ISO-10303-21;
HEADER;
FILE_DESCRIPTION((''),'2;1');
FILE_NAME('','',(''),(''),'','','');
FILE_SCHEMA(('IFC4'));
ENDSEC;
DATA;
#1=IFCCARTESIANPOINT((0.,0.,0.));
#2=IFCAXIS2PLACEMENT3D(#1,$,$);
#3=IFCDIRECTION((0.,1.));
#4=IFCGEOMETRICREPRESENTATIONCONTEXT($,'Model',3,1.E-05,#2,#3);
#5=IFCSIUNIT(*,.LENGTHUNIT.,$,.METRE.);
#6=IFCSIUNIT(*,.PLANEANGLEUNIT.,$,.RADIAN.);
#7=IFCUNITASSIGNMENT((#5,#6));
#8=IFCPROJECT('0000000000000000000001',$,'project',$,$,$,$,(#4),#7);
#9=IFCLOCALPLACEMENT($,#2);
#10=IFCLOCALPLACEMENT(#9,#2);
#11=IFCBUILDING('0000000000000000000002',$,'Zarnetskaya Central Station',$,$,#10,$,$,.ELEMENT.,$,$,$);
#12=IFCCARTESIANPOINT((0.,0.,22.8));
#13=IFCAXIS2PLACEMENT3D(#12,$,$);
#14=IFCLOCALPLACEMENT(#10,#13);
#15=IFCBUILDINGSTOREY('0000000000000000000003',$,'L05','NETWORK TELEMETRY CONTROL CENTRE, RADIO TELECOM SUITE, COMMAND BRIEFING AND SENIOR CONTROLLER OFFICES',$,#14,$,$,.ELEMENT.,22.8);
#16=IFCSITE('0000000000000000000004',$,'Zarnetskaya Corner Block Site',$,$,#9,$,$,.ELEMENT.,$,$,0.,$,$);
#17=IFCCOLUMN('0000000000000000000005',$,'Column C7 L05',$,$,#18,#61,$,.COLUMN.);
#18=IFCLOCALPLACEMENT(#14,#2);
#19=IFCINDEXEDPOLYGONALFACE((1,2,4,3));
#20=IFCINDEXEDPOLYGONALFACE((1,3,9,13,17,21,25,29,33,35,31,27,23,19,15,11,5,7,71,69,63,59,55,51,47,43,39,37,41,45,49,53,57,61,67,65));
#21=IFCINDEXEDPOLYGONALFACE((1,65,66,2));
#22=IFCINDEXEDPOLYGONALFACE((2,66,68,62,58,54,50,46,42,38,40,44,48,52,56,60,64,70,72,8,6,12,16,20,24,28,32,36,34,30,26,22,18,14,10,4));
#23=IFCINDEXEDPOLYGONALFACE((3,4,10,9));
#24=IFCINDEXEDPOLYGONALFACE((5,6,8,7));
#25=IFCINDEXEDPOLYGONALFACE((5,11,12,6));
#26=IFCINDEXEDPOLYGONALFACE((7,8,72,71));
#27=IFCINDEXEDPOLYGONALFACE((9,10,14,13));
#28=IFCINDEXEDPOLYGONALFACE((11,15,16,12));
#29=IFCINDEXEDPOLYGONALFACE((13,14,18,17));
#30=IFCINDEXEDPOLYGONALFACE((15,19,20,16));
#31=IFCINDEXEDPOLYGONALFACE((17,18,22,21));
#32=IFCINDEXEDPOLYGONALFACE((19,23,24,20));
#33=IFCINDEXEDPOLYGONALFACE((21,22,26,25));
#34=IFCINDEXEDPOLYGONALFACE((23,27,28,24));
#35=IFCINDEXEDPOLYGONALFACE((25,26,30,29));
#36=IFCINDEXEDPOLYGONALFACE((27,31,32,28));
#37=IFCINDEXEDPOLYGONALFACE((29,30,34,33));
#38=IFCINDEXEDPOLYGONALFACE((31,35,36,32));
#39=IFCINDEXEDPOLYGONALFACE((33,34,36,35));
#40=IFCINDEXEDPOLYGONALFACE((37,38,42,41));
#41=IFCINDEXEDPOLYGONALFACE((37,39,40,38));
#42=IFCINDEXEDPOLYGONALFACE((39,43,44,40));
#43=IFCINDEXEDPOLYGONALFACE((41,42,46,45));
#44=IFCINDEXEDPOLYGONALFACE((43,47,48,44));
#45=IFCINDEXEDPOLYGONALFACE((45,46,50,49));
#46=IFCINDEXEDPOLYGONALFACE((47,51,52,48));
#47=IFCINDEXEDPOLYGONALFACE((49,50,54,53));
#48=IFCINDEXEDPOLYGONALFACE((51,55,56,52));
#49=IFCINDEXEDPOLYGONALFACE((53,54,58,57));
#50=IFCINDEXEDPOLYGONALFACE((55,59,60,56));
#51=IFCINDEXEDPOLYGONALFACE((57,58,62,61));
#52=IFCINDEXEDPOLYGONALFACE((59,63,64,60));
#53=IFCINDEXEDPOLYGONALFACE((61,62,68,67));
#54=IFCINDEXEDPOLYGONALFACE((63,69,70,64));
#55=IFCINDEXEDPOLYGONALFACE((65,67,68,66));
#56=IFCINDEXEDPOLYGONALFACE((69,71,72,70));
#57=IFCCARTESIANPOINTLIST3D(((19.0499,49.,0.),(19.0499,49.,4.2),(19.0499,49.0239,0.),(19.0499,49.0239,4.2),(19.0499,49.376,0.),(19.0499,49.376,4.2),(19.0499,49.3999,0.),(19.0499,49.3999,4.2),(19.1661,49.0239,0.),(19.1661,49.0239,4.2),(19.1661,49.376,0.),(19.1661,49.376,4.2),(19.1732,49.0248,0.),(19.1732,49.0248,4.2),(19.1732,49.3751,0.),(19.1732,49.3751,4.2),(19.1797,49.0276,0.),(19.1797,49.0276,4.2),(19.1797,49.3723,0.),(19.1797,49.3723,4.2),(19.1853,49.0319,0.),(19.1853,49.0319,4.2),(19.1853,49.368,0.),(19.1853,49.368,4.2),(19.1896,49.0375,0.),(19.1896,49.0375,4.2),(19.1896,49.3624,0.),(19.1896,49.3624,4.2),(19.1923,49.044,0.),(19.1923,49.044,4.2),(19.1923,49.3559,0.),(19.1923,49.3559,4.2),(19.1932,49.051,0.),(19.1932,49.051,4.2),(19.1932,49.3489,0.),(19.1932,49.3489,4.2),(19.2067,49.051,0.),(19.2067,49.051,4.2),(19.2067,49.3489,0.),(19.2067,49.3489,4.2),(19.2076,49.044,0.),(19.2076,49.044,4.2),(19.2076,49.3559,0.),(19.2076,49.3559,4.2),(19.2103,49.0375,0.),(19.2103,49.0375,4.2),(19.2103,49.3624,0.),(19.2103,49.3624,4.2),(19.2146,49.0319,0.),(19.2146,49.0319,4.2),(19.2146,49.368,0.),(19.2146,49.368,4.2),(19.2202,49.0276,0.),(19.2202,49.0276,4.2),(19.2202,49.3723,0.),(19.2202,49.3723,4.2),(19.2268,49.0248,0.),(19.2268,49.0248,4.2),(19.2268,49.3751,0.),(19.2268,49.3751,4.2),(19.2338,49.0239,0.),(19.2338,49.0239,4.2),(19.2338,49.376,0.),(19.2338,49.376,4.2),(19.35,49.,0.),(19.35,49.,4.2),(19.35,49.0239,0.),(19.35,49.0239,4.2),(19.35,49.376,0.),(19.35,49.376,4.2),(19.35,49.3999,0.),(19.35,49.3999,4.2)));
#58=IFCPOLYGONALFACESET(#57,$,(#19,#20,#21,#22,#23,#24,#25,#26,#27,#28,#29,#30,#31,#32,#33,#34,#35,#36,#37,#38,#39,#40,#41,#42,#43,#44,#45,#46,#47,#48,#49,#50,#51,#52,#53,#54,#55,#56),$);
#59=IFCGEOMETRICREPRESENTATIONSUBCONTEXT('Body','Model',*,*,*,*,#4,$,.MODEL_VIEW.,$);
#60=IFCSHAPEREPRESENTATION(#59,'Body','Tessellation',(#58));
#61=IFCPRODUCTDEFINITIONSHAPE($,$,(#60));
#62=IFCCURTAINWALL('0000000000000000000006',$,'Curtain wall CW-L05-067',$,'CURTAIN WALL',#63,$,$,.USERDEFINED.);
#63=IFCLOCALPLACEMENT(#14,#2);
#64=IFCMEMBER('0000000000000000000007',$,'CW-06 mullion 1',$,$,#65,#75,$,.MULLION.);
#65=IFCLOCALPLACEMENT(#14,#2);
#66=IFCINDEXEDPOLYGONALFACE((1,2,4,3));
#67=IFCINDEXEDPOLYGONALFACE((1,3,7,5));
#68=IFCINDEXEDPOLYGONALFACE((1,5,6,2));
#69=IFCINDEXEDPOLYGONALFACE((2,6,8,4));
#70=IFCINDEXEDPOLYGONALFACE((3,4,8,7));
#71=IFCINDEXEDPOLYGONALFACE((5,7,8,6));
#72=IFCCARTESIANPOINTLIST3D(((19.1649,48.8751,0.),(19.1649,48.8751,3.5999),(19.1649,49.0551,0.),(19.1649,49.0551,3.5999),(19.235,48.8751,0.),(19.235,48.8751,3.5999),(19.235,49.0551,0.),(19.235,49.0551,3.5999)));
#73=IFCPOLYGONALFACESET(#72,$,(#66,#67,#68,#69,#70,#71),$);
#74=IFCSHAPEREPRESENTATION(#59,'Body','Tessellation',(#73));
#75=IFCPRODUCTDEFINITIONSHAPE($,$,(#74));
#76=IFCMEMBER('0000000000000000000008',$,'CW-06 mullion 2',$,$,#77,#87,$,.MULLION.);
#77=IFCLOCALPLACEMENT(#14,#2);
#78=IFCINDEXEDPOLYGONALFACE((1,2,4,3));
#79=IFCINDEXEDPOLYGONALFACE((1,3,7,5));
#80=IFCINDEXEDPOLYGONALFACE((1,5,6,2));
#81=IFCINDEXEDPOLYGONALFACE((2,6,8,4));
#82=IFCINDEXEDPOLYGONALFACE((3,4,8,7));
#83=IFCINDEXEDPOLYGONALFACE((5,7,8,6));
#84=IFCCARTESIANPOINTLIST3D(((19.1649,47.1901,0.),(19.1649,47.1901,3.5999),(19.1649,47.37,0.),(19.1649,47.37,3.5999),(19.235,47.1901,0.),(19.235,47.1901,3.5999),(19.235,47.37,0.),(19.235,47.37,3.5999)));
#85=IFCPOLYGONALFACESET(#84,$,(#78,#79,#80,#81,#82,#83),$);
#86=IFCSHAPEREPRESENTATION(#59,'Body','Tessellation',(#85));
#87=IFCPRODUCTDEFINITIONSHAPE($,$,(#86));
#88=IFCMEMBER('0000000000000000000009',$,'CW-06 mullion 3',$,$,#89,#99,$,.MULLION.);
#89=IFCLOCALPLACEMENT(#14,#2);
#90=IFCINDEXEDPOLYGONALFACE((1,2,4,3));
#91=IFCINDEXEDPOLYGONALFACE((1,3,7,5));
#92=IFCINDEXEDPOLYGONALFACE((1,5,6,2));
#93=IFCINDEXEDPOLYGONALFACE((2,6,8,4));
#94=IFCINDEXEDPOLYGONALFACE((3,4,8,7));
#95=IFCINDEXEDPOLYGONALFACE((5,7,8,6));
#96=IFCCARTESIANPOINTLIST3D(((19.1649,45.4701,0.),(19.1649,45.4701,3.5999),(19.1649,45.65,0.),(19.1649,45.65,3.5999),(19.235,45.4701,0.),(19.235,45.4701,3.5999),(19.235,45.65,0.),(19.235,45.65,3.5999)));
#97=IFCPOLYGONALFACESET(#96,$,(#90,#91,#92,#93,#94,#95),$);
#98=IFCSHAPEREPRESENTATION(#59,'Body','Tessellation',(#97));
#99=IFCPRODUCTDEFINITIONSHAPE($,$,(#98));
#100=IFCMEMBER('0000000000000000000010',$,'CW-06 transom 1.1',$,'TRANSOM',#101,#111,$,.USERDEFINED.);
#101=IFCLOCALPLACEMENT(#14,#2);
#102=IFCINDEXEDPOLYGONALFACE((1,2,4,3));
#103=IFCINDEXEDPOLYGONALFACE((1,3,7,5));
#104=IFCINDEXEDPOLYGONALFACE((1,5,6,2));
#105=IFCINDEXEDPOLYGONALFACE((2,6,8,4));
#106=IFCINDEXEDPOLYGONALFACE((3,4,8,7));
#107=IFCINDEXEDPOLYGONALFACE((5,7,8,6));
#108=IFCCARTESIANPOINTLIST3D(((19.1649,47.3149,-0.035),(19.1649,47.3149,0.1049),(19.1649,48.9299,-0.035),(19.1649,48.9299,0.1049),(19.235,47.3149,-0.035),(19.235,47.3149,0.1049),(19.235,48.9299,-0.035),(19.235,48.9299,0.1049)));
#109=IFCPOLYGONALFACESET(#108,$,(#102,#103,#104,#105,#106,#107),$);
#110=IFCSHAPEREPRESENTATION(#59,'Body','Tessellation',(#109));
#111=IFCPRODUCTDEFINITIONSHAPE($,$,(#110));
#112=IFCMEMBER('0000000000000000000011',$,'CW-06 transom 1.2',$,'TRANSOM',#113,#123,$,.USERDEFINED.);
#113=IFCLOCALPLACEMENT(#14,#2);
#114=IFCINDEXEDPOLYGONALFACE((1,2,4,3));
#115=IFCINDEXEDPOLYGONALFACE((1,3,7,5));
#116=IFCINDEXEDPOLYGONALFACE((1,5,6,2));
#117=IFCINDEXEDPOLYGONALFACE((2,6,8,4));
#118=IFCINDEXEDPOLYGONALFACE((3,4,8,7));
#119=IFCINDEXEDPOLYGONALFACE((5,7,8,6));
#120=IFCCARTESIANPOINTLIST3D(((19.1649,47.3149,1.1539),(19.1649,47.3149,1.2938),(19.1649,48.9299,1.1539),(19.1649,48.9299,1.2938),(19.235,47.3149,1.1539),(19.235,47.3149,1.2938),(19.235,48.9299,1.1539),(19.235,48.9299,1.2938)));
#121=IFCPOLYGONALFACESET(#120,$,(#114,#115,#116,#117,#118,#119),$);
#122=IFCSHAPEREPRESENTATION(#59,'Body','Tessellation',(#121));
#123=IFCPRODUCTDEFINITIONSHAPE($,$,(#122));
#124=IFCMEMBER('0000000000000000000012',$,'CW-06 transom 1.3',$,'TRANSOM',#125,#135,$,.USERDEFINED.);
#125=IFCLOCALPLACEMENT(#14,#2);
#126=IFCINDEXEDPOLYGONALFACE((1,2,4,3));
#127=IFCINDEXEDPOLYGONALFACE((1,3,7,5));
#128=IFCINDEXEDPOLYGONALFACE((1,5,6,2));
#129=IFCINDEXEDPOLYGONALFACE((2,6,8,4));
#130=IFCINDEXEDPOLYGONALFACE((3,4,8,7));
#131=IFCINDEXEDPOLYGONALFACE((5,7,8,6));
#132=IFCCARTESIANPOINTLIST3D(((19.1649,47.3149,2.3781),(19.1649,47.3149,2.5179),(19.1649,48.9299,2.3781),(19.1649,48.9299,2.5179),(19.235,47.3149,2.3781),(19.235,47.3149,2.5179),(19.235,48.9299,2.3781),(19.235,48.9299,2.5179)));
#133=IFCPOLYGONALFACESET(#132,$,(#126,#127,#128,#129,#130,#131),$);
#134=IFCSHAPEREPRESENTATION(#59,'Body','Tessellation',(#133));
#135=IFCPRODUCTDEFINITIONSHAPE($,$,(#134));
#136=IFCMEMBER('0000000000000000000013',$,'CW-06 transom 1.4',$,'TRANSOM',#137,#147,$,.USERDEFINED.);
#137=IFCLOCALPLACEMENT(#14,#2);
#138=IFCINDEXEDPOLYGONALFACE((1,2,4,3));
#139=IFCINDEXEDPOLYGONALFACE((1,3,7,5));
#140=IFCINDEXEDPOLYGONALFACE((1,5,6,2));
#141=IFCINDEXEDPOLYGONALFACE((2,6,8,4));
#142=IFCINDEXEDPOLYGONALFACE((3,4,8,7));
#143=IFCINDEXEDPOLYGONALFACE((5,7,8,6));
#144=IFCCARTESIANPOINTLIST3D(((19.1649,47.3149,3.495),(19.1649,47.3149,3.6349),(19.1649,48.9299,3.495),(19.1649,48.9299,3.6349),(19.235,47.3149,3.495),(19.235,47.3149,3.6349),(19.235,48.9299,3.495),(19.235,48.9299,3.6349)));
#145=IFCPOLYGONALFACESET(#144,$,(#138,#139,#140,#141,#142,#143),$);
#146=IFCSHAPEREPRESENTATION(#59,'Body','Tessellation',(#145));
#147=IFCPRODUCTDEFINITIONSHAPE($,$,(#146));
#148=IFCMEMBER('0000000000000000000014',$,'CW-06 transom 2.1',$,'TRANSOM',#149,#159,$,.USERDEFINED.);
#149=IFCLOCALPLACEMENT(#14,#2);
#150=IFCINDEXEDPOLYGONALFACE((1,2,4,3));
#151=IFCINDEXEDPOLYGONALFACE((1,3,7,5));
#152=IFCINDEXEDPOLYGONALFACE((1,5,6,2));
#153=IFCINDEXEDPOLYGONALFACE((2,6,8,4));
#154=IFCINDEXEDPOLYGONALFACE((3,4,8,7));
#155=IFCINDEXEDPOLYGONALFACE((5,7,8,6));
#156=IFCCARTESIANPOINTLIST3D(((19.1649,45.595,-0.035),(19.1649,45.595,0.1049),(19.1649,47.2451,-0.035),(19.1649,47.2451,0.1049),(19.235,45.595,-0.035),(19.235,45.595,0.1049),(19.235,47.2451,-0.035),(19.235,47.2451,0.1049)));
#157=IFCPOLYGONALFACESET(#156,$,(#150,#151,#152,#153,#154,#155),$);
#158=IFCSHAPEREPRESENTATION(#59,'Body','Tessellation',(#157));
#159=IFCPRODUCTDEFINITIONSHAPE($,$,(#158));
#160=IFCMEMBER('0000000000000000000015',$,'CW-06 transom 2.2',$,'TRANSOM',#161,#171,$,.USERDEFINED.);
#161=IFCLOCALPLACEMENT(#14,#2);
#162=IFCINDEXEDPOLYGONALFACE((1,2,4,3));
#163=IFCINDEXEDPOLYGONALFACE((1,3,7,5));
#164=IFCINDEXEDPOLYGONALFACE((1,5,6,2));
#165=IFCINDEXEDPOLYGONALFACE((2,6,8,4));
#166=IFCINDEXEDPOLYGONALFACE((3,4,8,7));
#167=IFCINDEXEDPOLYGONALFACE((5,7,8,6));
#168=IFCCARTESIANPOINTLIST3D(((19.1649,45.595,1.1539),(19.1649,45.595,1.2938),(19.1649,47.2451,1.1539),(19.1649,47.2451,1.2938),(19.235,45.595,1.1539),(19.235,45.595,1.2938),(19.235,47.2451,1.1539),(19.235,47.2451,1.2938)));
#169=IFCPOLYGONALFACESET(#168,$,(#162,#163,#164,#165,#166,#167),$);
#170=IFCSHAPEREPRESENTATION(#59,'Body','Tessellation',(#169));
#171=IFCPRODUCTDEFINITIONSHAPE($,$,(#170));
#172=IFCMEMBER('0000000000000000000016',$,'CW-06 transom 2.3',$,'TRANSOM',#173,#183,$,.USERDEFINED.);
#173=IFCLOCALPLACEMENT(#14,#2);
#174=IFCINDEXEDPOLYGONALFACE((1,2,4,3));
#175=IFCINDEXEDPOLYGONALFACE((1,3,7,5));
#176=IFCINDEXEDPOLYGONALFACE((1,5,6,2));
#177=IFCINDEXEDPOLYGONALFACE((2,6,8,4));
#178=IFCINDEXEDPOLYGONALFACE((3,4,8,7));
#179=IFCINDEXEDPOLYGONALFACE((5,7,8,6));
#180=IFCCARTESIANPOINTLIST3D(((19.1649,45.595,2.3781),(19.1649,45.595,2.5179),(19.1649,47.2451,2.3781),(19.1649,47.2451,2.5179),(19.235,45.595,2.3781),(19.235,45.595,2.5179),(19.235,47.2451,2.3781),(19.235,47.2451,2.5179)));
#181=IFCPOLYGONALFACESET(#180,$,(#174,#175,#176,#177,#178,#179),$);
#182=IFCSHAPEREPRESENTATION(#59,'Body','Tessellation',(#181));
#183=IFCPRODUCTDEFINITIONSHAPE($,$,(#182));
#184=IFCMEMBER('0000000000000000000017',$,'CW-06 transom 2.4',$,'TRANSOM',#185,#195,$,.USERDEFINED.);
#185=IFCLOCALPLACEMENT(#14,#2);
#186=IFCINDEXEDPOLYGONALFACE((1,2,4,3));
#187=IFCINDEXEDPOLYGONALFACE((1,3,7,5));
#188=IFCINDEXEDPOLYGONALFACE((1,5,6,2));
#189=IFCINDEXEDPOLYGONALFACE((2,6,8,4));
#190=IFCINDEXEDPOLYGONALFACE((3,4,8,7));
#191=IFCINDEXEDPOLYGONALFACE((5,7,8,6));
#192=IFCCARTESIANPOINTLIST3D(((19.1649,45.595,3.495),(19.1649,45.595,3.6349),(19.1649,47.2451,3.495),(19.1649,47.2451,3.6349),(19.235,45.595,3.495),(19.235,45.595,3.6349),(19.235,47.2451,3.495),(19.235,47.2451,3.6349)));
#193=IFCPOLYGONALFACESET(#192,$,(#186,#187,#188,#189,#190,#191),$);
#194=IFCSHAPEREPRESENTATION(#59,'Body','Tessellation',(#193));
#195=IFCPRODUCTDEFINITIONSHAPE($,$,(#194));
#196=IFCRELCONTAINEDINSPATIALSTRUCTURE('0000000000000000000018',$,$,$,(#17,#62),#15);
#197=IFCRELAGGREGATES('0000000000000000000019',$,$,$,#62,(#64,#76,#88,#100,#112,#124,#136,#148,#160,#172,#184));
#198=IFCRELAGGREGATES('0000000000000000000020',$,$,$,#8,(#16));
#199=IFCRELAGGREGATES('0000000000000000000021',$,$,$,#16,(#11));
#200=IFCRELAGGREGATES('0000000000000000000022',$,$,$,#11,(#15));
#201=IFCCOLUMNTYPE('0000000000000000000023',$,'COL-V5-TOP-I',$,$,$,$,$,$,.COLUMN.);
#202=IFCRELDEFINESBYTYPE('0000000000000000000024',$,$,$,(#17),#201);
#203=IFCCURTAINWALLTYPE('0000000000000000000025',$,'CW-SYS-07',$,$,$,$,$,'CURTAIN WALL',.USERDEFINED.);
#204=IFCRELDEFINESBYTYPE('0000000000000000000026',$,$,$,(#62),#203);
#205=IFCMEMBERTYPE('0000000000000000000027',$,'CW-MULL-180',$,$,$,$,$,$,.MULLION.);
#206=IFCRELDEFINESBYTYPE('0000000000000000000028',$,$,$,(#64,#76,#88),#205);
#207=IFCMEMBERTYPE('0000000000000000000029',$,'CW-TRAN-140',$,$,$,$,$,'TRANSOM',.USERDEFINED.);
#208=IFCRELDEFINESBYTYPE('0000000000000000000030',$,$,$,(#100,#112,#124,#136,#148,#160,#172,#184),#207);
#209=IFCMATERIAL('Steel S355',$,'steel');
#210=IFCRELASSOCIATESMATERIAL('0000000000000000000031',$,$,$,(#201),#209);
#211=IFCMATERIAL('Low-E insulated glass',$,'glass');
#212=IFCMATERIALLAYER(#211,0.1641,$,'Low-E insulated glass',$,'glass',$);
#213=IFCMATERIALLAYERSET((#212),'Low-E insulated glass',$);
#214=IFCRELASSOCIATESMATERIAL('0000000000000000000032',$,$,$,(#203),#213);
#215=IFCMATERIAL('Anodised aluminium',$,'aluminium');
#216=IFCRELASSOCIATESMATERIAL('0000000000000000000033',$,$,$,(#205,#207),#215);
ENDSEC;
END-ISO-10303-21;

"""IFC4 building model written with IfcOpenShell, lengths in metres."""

from ifc_helpers import new_model, si_unit, direction, frame, origin, origin_2d, place, context, subcontext, project, spatial, rectangle, i_section, extrude, material, layer, layer_set, material_profile, profile_set, type_object, element, aggregate, save


model = new_model("IFC4")

# Units and contexts
model_context = context("Model", 3, precision=1e-05, world=origin(), true_north=direction((0.0, 1.0)))
body_context = subcontext(model_context, "Body", "Model", "MODEL_VIEW")
ifc_project = project(units=[si_unit("LENGTHUNIT", "METRE"), si_unit("PLANEANGLEUNIT", "RADIAN")], contexts=[model_context])

# Site, building, storey
site_placement = place(None, origin())
site = spatial("IfcSite", under=ifc_project, at=site_placement, Name="Zarnetskaya Corner Block Site", CompositionType="ELEMENT", RefElevation=0.0)
building_placement = place(site_placement, origin())
building = spatial("IfcBuilding", under=site, at=building_placement, Name="Zarnetskaya Central Station", CompositionType="ELEMENT")
storey_placement = place(building_placement, frame((0.0, 0.0, 22.8)))
storey = spatial("IfcBuildingStorey", under=building, at=storey_placement, Name="L05", Description="NETWORK TELEMETRY CONTROL CENTRE, RADIO TELECOM SUITE, COMMAND BRIEFING AND SENIOR CONTROLLER OFFICES", CompositionType="ELEMENT", Elevation=22.8)

# Column
ifc_material_1 = material(Name="Steel S355", Category="steel")
ifc_material_profile_1 = material_profile(ifc_material_1, i_section(OverallWidth=0.3, OverallDepth=0.3999, WebThickness=0.0134, FlangeThickness=0.0239, FilletRadius=0.0271, at=origin_2d()), Name="HEB 400")
ifc_profile_set_1 = profile_set([ifc_material_profile_1], Name="Steel S355")
column_type = type_object("IfcColumnType", Name="COL-V5-TOP-I", PredefinedType="COLUMN", material=ifc_profile_set_1)
column_placement = place(storey_placement, frame((19.2, 49.2, 0.0), z_axis=(0.0, 0.0, 1.0), x_axis=(1.0, 0.0, 0.0)))
element("IfcColumn", 1, at=column_placement, inside=storey, type_object=column_type, Name="Column C7 L05", PredefinedType="COLUMN", context=body_context, shape_type="SweptSolid", body=[
    extrude(i_section(OverallWidth=0.3, OverallDepth=0.3999, WebThickness=0.0134, FlangeThickness=0.0239, FilletRadius=0.0271, at=origin_2d()), origin(), (0.0, 0.0, 1.0), 4.2),
])

# Curtain wall, members
ifc_material_2 = material(Name="Low-E insulated glass", Category="glass")
ifc_layer_1 = layer(ifc_material_2, 0.1641, Name="Low-E insulated glass", Category="glass")
ifc_layer_set_1 = layer_set([ifc_layer_1], Name="Low-E insulated glass")
curtain_wall_type = type_object("IfcCurtainWallType", Name="CW-SYS-07", ElementType="CURTAIN WALL", PredefinedType="USERDEFINED", material=ifc_layer_set_1)
curtain_wall_placement = place(storey_placement, origin())
curtain_wall = element("IfcCurtainWall", 2, at=curtain_wall_placement, inside=storey, type_object=curtain_wall_type, Name="Curtain wall CW-L05-067", ObjectType="CURTAIN WALL", PredefinedType="USERDEFINED")
ifc_material_3 = material(Name="Anodised aluminium", Category="aluminium")
ifc_material_profile_2 = material_profile(ifc_material_3, rectangle(XDim=0.0701, YDim=0.1799, at=origin_2d()), Name="ALU MULL 70x180")
ifc_profile_set_2 = profile_set([ifc_material_profile_2], Name="Anodised aluminium")
member_type_1 = type_object("IfcMemberType", Name="CW-MULL-180", PredefinedType="MULLION", material=ifc_profile_set_2)
member_1_placement = place(storey_placement, frame((19.2, 48.9651, 0.0), z_axis=(0.0, 0.0, 1.0), x_axis=(1.0, 0.0, 0.0)))
member_1 = element("IfcMember", 3, at=member_1_placement, type_object=member_type_1, Name="CW-06 mullion 1", PredefinedType="MULLION", context=body_context, shape_type="SweptSolid", body=[
    extrude(rectangle(XDim=0.0701, YDim=0.1799, at=origin_2d()), origin(), (0.0, 0.0, 1.0), 3.5999),
])
member_2_placement = place(storey_placement, frame((19.2, 47.28, 0.0), z_axis=(0.0, 0.0, 1.0), x_axis=(1.0, 0.0, 0.0)))
member_2 = element("IfcMember", 4, at=member_2_placement, type_object=member_type_1, Name="CW-06 mullion 2", PredefinedType="MULLION", context=body_context, shape_type="SweptSolid", body=[
    extrude(rectangle(XDim=0.0701, YDim=0.1799, at=origin_2d()), origin(), (0.0, 0.0, 1.0), 3.5999),
])
member_3_placement = place(storey_placement, frame((19.2, 45.5601, 0.0), z_axis=(0.0, 0.0, 1.0), x_axis=(1.0, 0.0, 0.0)))
member_3 = element("IfcMember", 5, at=member_3_placement, type_object=member_type_1, Name="CW-06 mullion 3", PredefinedType="MULLION", context=body_context, shape_type="SweptSolid", body=[
    extrude(rectangle(XDim=0.0701, YDim=0.1799, at=origin_2d()), origin(), (0.0, 0.0, 1.0), 3.5999),
])
ifc_material_profile_3 = material_profile(ifc_material_3, rectangle(XDim=0.0701, YDim=0.1399, at=origin_2d()), Name="ALU TRAN 70x140")
ifc_profile_set_3 = profile_set([ifc_material_profile_3], Name="Anodised aluminium")
member_type_2 = type_object("IfcMemberType", Name="CW-TRAN-140", ElementType="TRANSOM", PredefinedType="USERDEFINED", material=ifc_profile_set_3)
member_4_placement = place(storey_placement, frame((19.2, 48.9299, 0.0349), z_axis=(0.0, -1.0, 0.0), x_axis=(1.0, 0.0, 0.0)))
member_4 = element("IfcMember", 6, at=member_4_placement, type_object=member_type_2, Name="CW-06 transom 1.1", ObjectType="TRANSOM", PredefinedType="USERDEFINED", context=body_context, shape_type="SweptSolid", body=[
    extrude(rectangle(XDim=0.0701, YDim=0.1399, at=origin_2d()), origin(), (0.0, 0.0, 1.0), 1.615),
])
member_5_placement = place(storey_placement, frame((19.2, 48.9299, 1.2239), z_axis=(0.0, -1.0, 0.0), x_axis=(1.0, 0.0, 0.0)))
member_5 = element("IfcMember", 7, at=member_5_placement, type_object=member_type_2, Name="CW-06 transom 1.2", ObjectType="TRANSOM", PredefinedType="USERDEFINED", context=body_context, shape_type="SweptSolid", body=[
    extrude(rectangle(XDim=0.0701, YDim=0.1399, at=origin_2d()), origin(), (0.0, 0.0, 1.0), 1.615),
])
member_6_placement = place(storey_placement, frame((19.2, 48.9299, 2.448), z_axis=(0.0, -1.0, 0.0), x_axis=(1.0, 0.0, 0.0)))
member_6 = element("IfcMember", 8, at=member_6_placement, type_object=member_type_2, Name="CW-06 transom 1.3", ObjectType="TRANSOM", PredefinedType="USERDEFINED", context=body_context, shape_type="SweptSolid", body=[
    extrude(rectangle(XDim=0.0701, YDim=0.1399, at=origin_2d()), origin(), (0.0, 0.0, 1.0), 1.615),
])
member_7_placement = place(storey_placement, frame((19.2, 48.9299, 3.5649), z_axis=(0.0, -1.0, 0.0), x_axis=(1.0, 0.0, 0.0)))
member_7 = element("IfcMember", 9, at=member_7_placement, type_object=member_type_2, Name="CW-06 transom 1.4", ObjectType="TRANSOM", PredefinedType="USERDEFINED", context=body_context, shape_type="SweptSolid", body=[
    extrude(rectangle(XDim=0.0701, YDim=0.1399, at=origin_2d()), origin(), (0.0, 0.0, 1.0), 1.615),
])
member_8_placement = place(storey_placement, frame((19.2, 47.2451, 0.0349), z_axis=(0.0, -1.0, 0.0), x_axis=(1.0, 0.0, 0.0)))
member_8 = element("IfcMember", 10, at=member_8_placement, type_object=member_type_2, Name="CW-06 transom 2.1", ObjectType="TRANSOM", PredefinedType="USERDEFINED", context=body_context, shape_type="SweptSolid", body=[
    extrude(rectangle(XDim=0.0701, YDim=0.1399, at=origin_2d()), origin(), (0.0, 0.0, 1.0), 1.6501),
])
member_9_placement = place(storey_placement, frame((19.2, 47.2451, 1.2239), z_axis=(0.0, -1.0, 0.0), x_axis=(1.0, 0.0, 0.0)))
member_9 = element("IfcMember", 11, at=member_9_placement, type_object=member_type_2, Name="CW-06 transom 2.2", ObjectType="TRANSOM", PredefinedType="USERDEFINED", context=body_context, shape_type="SweptSolid", body=[
    extrude(rectangle(XDim=0.0701, YDim=0.1399, at=origin_2d()), origin(), (0.0, 0.0, 1.0), 1.6501),
])
member_10_placement = place(storey_placement, frame((19.2, 47.2451, 2.448), z_axis=(0.0, -1.0, 0.0), x_axis=(1.0, 0.0, 0.0)))
member_10 = element("IfcMember", 12, at=member_10_placement, type_object=member_type_2, Name="CW-06 transom 2.3", ObjectType="TRANSOM", PredefinedType="USERDEFINED", context=body_context, shape_type="SweptSolid", body=[
    extrude(rectangle(XDim=0.0701, YDim=0.1399, at=origin_2d()), origin(), (0.0, 0.0, 1.0), 1.6501),
])
member_11_placement = place(storey_placement, frame((19.2, 47.2451, 3.5649), z_axis=(0.0, -1.0, 0.0), x_axis=(1.0, 0.0, 0.0)))
member_11 = element("IfcMember", 13, at=member_11_placement, type_object=member_type_2, Name="CW-06 transom 2.4", ObjectType="TRANSOM", PredefinedType="USERDEFINED", context=body_context, shape_type="SweptSolid", body=[
    extrude(rectangle(XDim=0.0701, YDim=0.1399, at=origin_2d()), origin(), (0.0, 0.0, 1.0), 1.6501),
])
aggregate(curtain_wall, [member_1, member_2, member_3, member_4, member_5, member_6, member_7, member_8, member_9, member_10, member_11])

save(model, "model.ifc")
